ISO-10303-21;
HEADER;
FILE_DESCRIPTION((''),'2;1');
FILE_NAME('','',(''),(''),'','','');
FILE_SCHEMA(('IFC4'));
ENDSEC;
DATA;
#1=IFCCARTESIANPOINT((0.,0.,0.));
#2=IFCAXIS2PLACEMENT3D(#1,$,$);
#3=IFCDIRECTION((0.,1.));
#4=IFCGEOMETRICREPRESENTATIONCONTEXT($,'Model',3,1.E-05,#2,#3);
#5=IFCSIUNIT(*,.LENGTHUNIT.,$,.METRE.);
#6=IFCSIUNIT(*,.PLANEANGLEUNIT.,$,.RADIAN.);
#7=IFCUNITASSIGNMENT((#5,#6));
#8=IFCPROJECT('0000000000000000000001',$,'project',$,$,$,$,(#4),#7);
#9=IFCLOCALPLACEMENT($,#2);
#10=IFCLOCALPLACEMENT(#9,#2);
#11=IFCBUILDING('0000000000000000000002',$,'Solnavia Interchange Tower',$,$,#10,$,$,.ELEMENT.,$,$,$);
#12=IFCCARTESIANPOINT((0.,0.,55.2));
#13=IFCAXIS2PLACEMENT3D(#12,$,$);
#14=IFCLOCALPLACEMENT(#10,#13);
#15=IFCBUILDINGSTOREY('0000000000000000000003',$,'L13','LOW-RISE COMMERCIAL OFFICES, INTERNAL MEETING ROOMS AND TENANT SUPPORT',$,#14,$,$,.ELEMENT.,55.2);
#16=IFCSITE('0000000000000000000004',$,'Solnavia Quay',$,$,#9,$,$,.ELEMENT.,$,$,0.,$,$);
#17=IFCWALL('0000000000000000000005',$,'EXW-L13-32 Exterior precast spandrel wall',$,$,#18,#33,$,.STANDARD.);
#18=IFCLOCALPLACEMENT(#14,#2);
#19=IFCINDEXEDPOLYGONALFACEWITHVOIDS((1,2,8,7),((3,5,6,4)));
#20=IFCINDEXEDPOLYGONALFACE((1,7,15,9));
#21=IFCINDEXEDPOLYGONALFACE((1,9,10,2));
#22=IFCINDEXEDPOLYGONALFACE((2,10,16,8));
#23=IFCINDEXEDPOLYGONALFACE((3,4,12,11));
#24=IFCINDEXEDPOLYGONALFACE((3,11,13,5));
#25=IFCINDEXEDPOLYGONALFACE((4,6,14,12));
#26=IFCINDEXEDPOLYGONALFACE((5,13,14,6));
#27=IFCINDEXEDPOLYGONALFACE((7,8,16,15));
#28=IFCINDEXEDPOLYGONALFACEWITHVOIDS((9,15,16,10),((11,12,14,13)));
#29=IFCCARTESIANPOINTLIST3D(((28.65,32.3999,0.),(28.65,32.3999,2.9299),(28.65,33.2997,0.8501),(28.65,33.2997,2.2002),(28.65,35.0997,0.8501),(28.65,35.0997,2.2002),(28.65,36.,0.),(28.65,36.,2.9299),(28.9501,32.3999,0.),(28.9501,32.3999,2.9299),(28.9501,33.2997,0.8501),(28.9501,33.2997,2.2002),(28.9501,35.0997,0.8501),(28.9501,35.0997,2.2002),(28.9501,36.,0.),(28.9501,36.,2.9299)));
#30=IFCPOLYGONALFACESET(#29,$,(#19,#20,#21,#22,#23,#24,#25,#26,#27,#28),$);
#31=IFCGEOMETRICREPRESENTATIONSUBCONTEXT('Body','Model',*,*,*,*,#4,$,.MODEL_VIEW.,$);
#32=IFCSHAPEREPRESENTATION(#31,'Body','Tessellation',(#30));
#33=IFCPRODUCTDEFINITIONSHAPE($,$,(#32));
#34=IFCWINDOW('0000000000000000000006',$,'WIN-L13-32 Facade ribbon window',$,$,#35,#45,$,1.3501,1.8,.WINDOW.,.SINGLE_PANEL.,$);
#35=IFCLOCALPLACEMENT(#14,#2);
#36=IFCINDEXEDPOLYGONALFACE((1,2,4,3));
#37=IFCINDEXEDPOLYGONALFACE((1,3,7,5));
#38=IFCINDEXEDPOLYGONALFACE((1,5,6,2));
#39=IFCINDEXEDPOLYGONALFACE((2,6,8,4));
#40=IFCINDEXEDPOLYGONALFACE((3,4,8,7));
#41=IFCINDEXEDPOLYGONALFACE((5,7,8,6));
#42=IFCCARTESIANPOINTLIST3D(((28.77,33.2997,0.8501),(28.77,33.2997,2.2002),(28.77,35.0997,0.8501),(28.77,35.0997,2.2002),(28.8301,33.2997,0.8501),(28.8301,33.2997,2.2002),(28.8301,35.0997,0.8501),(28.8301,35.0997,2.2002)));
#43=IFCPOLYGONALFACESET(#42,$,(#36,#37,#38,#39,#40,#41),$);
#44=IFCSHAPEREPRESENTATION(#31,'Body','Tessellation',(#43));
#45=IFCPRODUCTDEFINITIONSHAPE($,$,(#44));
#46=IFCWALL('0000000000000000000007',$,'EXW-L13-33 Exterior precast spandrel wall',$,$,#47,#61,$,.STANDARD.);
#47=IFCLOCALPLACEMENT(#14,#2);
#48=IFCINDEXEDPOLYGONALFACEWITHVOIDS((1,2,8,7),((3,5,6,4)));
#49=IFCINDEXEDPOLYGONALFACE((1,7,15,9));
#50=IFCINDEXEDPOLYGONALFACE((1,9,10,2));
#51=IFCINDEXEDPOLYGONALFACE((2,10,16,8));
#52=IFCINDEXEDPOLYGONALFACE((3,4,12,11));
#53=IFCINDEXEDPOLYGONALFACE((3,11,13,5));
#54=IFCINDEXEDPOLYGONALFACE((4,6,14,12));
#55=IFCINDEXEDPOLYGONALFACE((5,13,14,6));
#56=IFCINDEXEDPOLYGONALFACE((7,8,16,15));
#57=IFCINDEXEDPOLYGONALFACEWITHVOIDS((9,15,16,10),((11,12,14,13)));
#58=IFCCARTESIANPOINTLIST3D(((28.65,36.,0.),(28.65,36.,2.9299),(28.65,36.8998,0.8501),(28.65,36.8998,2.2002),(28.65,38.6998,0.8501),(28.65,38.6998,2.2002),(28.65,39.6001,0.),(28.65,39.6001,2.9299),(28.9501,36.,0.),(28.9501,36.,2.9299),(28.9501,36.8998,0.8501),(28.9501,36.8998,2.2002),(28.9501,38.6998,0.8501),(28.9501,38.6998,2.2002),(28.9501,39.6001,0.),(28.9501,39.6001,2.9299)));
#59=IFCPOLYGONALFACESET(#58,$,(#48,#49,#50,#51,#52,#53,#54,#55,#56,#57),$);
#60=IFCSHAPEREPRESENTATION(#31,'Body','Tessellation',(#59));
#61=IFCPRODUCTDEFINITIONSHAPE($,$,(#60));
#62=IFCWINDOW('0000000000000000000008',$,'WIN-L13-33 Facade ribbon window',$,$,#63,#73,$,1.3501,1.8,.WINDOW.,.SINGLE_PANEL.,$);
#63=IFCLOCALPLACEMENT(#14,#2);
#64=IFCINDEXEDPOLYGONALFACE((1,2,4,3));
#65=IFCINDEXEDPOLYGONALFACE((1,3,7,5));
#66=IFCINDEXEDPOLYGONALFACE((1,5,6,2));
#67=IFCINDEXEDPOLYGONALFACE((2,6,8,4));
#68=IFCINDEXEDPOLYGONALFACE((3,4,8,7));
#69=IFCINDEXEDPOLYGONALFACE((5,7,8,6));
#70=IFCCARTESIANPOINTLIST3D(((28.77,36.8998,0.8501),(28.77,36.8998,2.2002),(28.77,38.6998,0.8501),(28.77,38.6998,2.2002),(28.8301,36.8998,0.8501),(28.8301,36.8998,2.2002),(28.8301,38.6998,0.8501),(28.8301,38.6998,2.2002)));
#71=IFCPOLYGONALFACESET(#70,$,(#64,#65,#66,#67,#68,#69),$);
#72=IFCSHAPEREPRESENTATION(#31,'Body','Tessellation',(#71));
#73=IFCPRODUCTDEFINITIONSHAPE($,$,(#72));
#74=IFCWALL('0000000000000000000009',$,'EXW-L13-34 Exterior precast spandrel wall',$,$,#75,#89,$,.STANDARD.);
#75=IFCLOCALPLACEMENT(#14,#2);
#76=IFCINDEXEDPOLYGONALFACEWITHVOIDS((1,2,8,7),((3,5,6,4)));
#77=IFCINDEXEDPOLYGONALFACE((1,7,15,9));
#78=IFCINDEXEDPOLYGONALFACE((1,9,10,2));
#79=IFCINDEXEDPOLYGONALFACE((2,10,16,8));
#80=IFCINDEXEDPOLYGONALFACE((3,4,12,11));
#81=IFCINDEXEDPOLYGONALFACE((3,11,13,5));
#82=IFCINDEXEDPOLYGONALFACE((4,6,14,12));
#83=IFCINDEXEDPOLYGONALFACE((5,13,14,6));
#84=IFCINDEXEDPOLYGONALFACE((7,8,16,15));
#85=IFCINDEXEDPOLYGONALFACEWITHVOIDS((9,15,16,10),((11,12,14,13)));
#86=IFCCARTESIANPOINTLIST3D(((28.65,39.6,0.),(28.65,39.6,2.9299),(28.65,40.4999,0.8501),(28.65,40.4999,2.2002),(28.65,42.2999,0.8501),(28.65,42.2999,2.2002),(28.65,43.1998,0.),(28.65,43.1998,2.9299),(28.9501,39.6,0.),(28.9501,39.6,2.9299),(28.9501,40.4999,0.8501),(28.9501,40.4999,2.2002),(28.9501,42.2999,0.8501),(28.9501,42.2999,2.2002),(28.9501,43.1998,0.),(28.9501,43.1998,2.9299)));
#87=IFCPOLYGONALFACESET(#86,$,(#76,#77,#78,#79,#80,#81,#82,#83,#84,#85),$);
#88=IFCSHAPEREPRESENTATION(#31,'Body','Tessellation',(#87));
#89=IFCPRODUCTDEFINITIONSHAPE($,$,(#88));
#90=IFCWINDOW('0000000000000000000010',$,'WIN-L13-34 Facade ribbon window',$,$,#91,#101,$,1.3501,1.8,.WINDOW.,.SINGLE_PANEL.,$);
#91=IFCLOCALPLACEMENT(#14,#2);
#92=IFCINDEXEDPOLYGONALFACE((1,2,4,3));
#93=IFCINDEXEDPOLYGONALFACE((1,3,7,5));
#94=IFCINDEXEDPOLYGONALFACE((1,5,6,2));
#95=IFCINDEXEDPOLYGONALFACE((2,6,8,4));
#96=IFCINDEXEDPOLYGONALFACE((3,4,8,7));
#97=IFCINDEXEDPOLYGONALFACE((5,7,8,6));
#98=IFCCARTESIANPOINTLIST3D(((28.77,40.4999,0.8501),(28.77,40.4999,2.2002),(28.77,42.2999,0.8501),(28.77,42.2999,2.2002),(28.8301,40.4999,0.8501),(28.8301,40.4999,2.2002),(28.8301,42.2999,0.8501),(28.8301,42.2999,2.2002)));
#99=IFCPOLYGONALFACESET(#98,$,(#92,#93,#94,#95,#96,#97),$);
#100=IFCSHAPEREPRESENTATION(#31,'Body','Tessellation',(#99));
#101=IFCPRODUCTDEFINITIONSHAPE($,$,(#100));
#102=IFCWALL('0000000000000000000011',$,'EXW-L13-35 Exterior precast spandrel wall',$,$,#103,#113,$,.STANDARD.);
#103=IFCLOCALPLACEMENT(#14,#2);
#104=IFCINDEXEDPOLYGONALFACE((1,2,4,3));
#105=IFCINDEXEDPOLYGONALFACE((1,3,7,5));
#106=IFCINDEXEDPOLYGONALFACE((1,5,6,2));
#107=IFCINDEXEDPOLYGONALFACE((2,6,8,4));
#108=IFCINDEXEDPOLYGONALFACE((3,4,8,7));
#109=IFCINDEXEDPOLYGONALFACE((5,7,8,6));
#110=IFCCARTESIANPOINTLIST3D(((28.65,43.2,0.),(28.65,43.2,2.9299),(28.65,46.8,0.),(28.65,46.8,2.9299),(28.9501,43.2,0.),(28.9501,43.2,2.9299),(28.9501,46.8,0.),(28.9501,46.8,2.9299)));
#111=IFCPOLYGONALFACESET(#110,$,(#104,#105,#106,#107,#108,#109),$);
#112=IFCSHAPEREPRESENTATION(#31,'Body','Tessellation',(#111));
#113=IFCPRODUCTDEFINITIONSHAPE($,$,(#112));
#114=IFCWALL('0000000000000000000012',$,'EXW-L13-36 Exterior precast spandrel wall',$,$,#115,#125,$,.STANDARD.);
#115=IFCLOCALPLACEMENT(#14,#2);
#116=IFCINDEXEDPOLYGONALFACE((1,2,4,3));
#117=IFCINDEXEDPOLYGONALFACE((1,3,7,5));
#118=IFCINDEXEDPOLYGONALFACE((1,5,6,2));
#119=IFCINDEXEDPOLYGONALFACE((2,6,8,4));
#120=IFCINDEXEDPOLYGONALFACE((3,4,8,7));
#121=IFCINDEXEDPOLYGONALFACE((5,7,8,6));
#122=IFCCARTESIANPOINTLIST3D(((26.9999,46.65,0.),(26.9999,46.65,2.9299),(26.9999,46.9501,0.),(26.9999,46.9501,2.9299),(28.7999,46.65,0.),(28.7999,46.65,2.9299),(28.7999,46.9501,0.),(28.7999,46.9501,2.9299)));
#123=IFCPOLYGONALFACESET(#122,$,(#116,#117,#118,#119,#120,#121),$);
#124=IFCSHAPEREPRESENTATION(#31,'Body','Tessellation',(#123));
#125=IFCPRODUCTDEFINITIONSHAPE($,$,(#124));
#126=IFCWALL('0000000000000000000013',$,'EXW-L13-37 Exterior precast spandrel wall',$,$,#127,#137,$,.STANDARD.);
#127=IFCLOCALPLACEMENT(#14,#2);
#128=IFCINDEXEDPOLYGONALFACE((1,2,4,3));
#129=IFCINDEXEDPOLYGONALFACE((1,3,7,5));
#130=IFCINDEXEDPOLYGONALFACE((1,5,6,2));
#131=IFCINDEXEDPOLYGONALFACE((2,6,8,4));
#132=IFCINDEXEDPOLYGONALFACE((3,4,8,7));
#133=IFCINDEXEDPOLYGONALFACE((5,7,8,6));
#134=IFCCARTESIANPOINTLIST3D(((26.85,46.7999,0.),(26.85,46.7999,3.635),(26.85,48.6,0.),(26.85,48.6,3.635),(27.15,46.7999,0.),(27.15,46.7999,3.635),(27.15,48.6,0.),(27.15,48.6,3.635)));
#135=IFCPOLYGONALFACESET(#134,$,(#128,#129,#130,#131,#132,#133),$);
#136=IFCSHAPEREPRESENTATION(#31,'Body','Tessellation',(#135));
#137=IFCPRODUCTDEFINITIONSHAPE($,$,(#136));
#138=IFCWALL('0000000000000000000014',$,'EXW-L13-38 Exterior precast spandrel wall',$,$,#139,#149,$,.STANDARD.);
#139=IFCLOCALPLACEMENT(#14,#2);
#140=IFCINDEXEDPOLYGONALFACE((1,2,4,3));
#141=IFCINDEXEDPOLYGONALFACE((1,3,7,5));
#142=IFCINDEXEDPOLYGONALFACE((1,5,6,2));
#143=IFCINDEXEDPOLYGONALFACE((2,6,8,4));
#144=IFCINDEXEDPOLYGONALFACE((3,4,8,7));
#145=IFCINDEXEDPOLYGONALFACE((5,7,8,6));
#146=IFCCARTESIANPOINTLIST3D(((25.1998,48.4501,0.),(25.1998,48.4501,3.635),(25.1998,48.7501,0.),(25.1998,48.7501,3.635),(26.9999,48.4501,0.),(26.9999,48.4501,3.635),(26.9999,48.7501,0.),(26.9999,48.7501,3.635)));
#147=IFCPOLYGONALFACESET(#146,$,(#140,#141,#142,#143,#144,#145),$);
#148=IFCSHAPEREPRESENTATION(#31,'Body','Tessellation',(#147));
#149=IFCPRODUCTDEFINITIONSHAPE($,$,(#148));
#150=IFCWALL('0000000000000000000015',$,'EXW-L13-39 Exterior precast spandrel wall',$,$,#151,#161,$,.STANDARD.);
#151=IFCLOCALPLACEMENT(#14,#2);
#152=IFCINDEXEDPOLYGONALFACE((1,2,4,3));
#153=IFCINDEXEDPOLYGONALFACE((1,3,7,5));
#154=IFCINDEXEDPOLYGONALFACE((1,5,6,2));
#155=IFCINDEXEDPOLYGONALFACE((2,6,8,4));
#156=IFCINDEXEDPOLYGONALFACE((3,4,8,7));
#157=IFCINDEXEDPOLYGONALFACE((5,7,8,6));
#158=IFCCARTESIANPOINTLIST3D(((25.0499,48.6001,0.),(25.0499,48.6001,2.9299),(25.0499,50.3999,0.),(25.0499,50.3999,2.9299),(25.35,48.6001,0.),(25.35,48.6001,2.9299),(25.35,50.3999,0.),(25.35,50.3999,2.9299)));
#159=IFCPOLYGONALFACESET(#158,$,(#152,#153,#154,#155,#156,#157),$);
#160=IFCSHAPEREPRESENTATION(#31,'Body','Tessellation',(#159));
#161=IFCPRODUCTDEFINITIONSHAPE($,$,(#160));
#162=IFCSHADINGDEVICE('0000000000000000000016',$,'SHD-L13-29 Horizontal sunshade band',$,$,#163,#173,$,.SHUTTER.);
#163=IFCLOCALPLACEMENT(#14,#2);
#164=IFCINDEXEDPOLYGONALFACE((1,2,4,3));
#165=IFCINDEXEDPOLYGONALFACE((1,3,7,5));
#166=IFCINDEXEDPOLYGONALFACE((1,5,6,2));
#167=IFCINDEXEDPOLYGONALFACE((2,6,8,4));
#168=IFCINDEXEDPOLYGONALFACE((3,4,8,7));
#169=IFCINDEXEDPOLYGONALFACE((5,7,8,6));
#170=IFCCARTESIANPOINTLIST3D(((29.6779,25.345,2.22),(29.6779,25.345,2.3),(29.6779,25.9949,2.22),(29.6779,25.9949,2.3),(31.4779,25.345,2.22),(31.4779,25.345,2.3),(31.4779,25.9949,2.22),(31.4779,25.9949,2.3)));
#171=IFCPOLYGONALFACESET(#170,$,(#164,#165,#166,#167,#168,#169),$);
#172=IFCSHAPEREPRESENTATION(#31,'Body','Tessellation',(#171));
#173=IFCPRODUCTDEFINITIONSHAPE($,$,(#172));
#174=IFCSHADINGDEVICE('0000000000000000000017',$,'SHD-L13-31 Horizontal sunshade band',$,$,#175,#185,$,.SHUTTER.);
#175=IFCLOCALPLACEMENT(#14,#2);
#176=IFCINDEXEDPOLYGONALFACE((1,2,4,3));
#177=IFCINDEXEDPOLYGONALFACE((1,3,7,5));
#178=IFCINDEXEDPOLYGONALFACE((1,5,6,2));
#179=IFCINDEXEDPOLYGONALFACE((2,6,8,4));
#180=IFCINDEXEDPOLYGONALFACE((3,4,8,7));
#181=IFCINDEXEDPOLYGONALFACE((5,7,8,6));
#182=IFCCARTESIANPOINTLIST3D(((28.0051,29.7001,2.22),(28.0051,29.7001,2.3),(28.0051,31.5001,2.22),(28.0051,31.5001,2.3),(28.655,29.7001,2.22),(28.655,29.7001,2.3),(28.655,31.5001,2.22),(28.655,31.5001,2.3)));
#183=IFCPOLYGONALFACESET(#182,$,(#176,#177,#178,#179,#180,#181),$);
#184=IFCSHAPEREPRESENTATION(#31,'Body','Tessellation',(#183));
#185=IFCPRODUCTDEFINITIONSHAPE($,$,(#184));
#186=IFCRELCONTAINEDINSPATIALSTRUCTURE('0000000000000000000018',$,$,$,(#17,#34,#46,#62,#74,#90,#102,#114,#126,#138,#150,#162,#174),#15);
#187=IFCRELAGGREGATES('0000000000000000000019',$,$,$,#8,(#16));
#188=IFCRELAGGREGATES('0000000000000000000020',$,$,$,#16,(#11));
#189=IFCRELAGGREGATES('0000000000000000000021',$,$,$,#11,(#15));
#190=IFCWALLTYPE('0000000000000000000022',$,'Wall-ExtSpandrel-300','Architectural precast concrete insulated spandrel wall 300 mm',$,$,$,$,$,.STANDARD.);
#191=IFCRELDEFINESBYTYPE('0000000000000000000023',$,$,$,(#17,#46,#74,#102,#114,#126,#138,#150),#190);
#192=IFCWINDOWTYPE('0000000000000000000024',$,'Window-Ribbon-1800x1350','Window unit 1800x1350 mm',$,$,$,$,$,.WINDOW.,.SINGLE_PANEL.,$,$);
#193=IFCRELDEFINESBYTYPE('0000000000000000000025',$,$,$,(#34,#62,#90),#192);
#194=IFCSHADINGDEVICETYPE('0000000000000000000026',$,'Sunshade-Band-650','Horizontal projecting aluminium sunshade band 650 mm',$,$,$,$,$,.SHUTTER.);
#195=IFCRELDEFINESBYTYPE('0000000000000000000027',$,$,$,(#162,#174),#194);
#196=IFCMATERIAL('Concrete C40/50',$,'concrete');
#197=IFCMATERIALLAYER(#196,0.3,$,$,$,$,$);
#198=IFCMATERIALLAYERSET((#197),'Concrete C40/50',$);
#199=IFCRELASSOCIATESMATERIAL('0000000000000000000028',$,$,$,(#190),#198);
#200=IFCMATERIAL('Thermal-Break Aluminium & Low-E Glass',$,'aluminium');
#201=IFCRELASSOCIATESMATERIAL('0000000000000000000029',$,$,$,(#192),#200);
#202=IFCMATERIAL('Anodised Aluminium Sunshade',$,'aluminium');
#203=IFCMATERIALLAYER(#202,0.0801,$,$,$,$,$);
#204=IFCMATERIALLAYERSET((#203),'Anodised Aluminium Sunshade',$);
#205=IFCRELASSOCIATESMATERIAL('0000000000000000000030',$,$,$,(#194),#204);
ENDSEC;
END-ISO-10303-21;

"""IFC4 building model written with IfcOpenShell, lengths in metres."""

from ifc_helpers import new_model, si_unit, direction, frame, frame_2d, origin, origin_2d, place, context, subcontext, project, spatial, rectangle, extrude, material, layer, layer_set, type_object, element, fill, save


model = new_model("IFC4")

# Units and contexts
model_context = context("Model", 3, precision=1e-05, world=origin(), true_north=direction((0.0, 1.0)))
body_context = subcontext(model_context, "Body", "Model", "MODEL_VIEW")
ifc_project = project(units=[si_unit("LENGTHUNIT", "METRE"), si_unit("PLANEANGLEUNIT", "RADIAN")], contexts=[model_context])

# Site, building, storey
site_placement = place(None, origin())
site = spatial("IfcSite", under=ifc_project, at=site_placement, Name="Solnavia Quay", CompositionType="ELEMENT", RefElevation=0.0)
building_placement = place(site_placement, origin())
building = spatial("IfcBuilding", under=site, at=building_placement, Name="Solnavia Interchange Tower", CompositionType="ELEMENT")
storey_placement = place(building_placement, frame((0.0, 0.0, 55.2)))
storey = spatial("IfcBuildingStorey", under=building, at=storey_placement, Name="L13", Description="LOW-RISE COMMERCIAL OFFICES, INTERNAL MEETING ROOMS AND TENANT SUPPORT", CompositionType="ELEMENT", Elevation=55.2)

# Walls, openings, windows
ifc_material_1 = material(Name="Concrete C40/50", Category="concrete")
ifc_layer_1 = layer(ifc_material_1, 0.3)
ifc_layer_set_1 = layer_set([ifc_layer_1], Name="Concrete C40/50")
wall_type = type_object("IfcWallType", Name="Wall-ExtSpandrel-300", Description="Architectural precast concrete insulated spandrel wall 300 mm", PredefinedType="STANDARD", material=ifc_layer_set_1)
ifc_material_2 = material(Name="Thermal-Break Aluminium & Low-E Glass", Category="aluminium")
window_type = type_object("IfcWindowType", Name="Window-Ribbon-1800x1350", Description="Window unit 1800x1350 mm", PartitioningType="SINGLE_PANEL", PredefinedType="WINDOW", material=ifc_material_2)
wall_1_placement = place(storey_placement, frame((28.8, 32.3999, 0.0), z_axis=(0.0, 0.0, 1.0), x_axis=(0.0, 1.0, 0.0)))
wall_1 = element("IfcWall", 1, at=wall_1_placement, inside=storey, type_object=wall_type, Name="EXW-L13-32 Exterior precast spandrel wall", PredefinedType="STANDARD", context=body_context, shape_type="SweptSolid", body=[
    extrude(rectangle(XDim=3.6001, YDim=0.3, at=frame_2d((1.8, 0.0))), origin(), (0.0, 0.0, 1.0), 2.9299),
])
opening_1_placement = place(wall_1_placement, frame((0.8999, 0.0, 0.8501)))
opening_1 = element("IfcOpeningElement", 2, at=opening_1_placement, cuts=wall_1, PredefinedType="OPENING", context=body_context, shape_type="SweptSolid", body=[
    extrude(rectangle(XDim=1.8, YDim=1.3501, at=frame_2d((0.8999, 0.675))), frame((0.0, 0.1602, 0.0), z_axis=(0.0, -1.0, 0.0), x_axis=(1.0, 0.0, 0.0)), (0.0, 0.0, 1.0), 0.3201),
])
window_1_placement = place(opening_1_placement, origin())
window_1 = element("IfcWindow", 3, at=window_1_placement, inside=storey, type_object=window_type, Name="WIN-L13-32 Facade ribbon window", OverallHeight=1.3501, OverallWidth=1.8, PartitioningType="SINGLE_PANEL", PredefinedType="WINDOW", context=body_context, shape_type="SweptSolid", body=[
    extrude(rectangle(XDim=1.8, YDim=1.3501, at=frame_2d((0.8999, 0.675))), frame((0.0, 0.03, 0.0), z_axis=(0.0, -1.0, 0.0), x_axis=(1.0, 0.0, 0.0)), (0.0, 0.0, 1.0), 0.0601),
])
fill(opening_1, window_1)
wall_2_placement = place(storey_placement, frame((28.8, 36.0, 0.0), z_axis=(0.0, 0.0, 1.0), x_axis=(0.0, 1.0, 0.0)))
wall_2 = element("IfcWall", 4, at=wall_2_placement, inside=storey, type_object=wall_type, Name="EXW-L13-33 Exterior precast spandrel wall", PredefinedType="STANDARD", context=body_context, shape_type="SweptSolid", body=[
    extrude(rectangle(XDim=3.6001, YDim=0.3, at=frame_2d((1.8, 0.0))), origin(), (0.0, 0.0, 1.0), 2.9299),
])
opening_2_placement = place(wall_2_placement, frame((0.8999, 0.0, 0.8501)))
opening_2 = element("IfcOpeningElement", 5, at=opening_2_placement, cuts=wall_2, PredefinedType="OPENING", context=body_context, shape_type="SweptSolid", body=[
    extrude(rectangle(XDim=1.8, YDim=1.3501, at=frame_2d((0.8999, 0.675))), frame((0.0, 0.1602, 0.0), z_axis=(0.0, -1.0, 0.0), x_axis=(1.0, 0.0, 0.0)), (0.0, 0.0, 1.0), 0.3201),
])
window_2_placement = place(opening_2_placement, origin())
window_2 = element("IfcWindow", 6, at=window_2_placement, inside=storey, type_object=window_type, Name="WIN-L13-33 Facade ribbon window", OverallHeight=1.3501, OverallWidth=1.8, PartitioningType="SINGLE_PANEL", PredefinedType="WINDOW", context=body_context, shape_type="SweptSolid", body=[
    extrude(rectangle(XDim=1.8, YDim=1.3501, at=frame_2d((0.8999, 0.675))), frame((0.0, 0.03, 0.0), z_axis=(0.0, -1.0, 0.0), x_axis=(1.0, 0.0, 0.0)), (0.0, 0.0, 1.0), 0.0601),
])
fill(opening_2, window_2)
wall_3_placement = place(storey_placement, frame((28.8, 39.6001, 0.0), z_axis=(0.0, 0.0, 1.0), x_axis=(0.0, 1.0, 0.0)))
wall_3 = element("IfcWall", 7, at=wall_3_placement, inside=storey, type_object=wall_type, Name="EXW-L13-34 Exterior precast spandrel wall", PredefinedType="STANDARD", context=body_context, shape_type="SweptSolid", body=[
    extrude(rectangle(XDim=3.5999, YDim=0.3, at=frame_2d((1.7998, 0.0))), origin(), (0.0, 0.0, 1.0), 2.9299),
])
opening_3_placement = place(wall_3_placement, frame((0.8999, 0.0, 0.8501)))
opening_3 = element("IfcOpeningElement", 8, at=opening_3_placement, cuts=wall_3, PredefinedType="OPENING", context=body_context, shape_type="SweptSolid", body=[
    extrude(rectangle(XDim=1.8, YDim=1.3501, at=frame_2d((0.8999, 0.675))), frame((0.0, 0.1602, 0.0), z_axis=(0.0, -1.0, 0.0), x_axis=(1.0, 0.0, 0.0)), (0.0, 0.0, 1.0), 0.3201),
])
window_3_placement = place(opening_3_placement, origin())
window_3 = element("IfcWindow", 9, at=window_3_placement, inside=storey, type_object=window_type, Name="WIN-L13-34 Facade ribbon window", OverallHeight=1.3501, OverallWidth=1.8, PartitioningType="SINGLE_PANEL", PredefinedType="WINDOW", context=body_context, shape_type="SweptSolid", body=[
    extrude(rectangle(XDim=1.8, YDim=1.3501, at=frame_2d((0.8999, 0.675))), frame((0.0, 0.03, 0.0), z_axis=(0.0, -1.0, 0.0), x_axis=(1.0, 0.0, 0.0)), (0.0, 0.0, 1.0), 0.0601),
])
fill(opening_3, window_3)

# Walls
wall_4_placement = place(storey_placement, frame((28.8, 43.2, 0.0), z_axis=(0.0, 0.0, 1.0), x_axis=(0.0, 1.0, 0.0)))
element("IfcWall", 10, at=wall_4_placement, inside=storey, type_object=wall_type, Name="EXW-L13-35 Exterior precast spandrel wall", PredefinedType="STANDARD", context=body_context, shape_type="SweptSolid", body=[
    extrude(rectangle(XDim=3.6001, YDim=0.3, at=frame_2d((1.8, 0.0))), origin(), (0.0, 0.0, 1.0), 2.9299),
])
wall_5_placement = place(storey_placement, frame((27.0, 46.8, 0.0), z_axis=(0.0, 0.0, 1.0), x_axis=(1.0, 0.0, 0.0)))
element("IfcWall", 11, at=wall_5_placement, inside=storey, type_object=wall_type, Name="EXW-L13-36 Exterior precast spandrel wall", PredefinedType="STANDARD", context=body_context, shape_type="SweptSolid", body=[
    extrude(rectangle(XDim=1.8, YDim=0.3, at=frame_2d((0.8999, 0.0))), origin(), (0.0, 0.0, 1.0), 2.9299),
])
for number, where, z_axis, x_axis, name in (
    (12, (27.0, 46.8, 0.0), (0.0, 0.0, 1.0), (0.0, 1.0, 0.0), "EXW-L13-37 Exterior precast spandrel wall"),
    (13, (25.2, 48.6001, 0.0), (0.0, 0.0, 1.0), (1.0, 0.0, 0.0), "EXW-L13-38 Exterior precast spandrel wall"),
):
    element("IfcWall", number, at=place(storey_placement, frame(where, z_axis=z_axis, x_axis=x_axis)), inside=storey, type_object=wall_type, Name=name, PredefinedType="STANDARD", context=body_context, shape_type="SweptSolid", body=[
        extrude(rectangle(XDim=1.8, YDim=0.3, at=frame_2d((0.8999, 0.0))), origin(), (0.0, 0.0, 1.0), 3.635),
    ])
wall_6_placement = place(storey_placement, frame((25.2, 48.6001, 0.0), z_axis=(0.0, 0.0, 1.0), x_axis=(0.0, 1.0, 0.0)))
element("IfcWall", 14, at=wall_6_placement, inside=storey, type_object=wall_type, Name="EXW-L13-39 Exterior precast spandrel wall", PredefinedType="STANDARD", context=body_context, shape_type="SweptSolid", body=[
    extrude(rectangle(XDim=1.7998, YDim=0.3, at=frame_2d((0.8999, 0.0))), origin(), (0.0, 0.0, 1.0), 2.9299),
])

# Shading devices
ifc_material_3 = material(Name="Anodised Aluminium Sunshade", Category="aluminium")
ifc_layer_2 = layer(ifc_material_3, 0.0801)
ifc_layer_set_2 = layer_set([ifc_layer_2], Name="Anodised Aluminium Sunshade")
shading_device_type = type_object("IfcShadingDeviceType", Name="Sunshade-Band-650", Description="Horizontal projecting aluminium sunshade band 650 mm", PredefinedType="SHUTTER", material=ifc_layer_set_2)
for number, where, z_axis, x_axis, name in (
    (15, (30.5779, 25.6699, 2.22), (0.0, 0.0, 1.0), (1.0, 0.0, 0.0), "SHD-L13-29 Horizontal sunshade band"),
    (16, (28.3301, 30.6001, 2.22), (0.0, 0.0, 1.0), (0.0, 1.0, 0.0), "SHD-L13-31 Horizontal sunshade band"),
):
    element("IfcShadingDevice", number, at=place(storey_placement, frame(where, z_axis=z_axis, x_axis=x_axis)), inside=storey, type_object=shading_device_type, Name=name, PredefinedType="SHUTTER", context=body_context, shape_type="SweptSolid", body=[
        extrude(rectangle(XDim=1.8, YDim=0.6499, at=origin_2d()), origin(), (0.0, 0.0, 1.0), 0.0801),
    ])

save(model, "model.ifc")
